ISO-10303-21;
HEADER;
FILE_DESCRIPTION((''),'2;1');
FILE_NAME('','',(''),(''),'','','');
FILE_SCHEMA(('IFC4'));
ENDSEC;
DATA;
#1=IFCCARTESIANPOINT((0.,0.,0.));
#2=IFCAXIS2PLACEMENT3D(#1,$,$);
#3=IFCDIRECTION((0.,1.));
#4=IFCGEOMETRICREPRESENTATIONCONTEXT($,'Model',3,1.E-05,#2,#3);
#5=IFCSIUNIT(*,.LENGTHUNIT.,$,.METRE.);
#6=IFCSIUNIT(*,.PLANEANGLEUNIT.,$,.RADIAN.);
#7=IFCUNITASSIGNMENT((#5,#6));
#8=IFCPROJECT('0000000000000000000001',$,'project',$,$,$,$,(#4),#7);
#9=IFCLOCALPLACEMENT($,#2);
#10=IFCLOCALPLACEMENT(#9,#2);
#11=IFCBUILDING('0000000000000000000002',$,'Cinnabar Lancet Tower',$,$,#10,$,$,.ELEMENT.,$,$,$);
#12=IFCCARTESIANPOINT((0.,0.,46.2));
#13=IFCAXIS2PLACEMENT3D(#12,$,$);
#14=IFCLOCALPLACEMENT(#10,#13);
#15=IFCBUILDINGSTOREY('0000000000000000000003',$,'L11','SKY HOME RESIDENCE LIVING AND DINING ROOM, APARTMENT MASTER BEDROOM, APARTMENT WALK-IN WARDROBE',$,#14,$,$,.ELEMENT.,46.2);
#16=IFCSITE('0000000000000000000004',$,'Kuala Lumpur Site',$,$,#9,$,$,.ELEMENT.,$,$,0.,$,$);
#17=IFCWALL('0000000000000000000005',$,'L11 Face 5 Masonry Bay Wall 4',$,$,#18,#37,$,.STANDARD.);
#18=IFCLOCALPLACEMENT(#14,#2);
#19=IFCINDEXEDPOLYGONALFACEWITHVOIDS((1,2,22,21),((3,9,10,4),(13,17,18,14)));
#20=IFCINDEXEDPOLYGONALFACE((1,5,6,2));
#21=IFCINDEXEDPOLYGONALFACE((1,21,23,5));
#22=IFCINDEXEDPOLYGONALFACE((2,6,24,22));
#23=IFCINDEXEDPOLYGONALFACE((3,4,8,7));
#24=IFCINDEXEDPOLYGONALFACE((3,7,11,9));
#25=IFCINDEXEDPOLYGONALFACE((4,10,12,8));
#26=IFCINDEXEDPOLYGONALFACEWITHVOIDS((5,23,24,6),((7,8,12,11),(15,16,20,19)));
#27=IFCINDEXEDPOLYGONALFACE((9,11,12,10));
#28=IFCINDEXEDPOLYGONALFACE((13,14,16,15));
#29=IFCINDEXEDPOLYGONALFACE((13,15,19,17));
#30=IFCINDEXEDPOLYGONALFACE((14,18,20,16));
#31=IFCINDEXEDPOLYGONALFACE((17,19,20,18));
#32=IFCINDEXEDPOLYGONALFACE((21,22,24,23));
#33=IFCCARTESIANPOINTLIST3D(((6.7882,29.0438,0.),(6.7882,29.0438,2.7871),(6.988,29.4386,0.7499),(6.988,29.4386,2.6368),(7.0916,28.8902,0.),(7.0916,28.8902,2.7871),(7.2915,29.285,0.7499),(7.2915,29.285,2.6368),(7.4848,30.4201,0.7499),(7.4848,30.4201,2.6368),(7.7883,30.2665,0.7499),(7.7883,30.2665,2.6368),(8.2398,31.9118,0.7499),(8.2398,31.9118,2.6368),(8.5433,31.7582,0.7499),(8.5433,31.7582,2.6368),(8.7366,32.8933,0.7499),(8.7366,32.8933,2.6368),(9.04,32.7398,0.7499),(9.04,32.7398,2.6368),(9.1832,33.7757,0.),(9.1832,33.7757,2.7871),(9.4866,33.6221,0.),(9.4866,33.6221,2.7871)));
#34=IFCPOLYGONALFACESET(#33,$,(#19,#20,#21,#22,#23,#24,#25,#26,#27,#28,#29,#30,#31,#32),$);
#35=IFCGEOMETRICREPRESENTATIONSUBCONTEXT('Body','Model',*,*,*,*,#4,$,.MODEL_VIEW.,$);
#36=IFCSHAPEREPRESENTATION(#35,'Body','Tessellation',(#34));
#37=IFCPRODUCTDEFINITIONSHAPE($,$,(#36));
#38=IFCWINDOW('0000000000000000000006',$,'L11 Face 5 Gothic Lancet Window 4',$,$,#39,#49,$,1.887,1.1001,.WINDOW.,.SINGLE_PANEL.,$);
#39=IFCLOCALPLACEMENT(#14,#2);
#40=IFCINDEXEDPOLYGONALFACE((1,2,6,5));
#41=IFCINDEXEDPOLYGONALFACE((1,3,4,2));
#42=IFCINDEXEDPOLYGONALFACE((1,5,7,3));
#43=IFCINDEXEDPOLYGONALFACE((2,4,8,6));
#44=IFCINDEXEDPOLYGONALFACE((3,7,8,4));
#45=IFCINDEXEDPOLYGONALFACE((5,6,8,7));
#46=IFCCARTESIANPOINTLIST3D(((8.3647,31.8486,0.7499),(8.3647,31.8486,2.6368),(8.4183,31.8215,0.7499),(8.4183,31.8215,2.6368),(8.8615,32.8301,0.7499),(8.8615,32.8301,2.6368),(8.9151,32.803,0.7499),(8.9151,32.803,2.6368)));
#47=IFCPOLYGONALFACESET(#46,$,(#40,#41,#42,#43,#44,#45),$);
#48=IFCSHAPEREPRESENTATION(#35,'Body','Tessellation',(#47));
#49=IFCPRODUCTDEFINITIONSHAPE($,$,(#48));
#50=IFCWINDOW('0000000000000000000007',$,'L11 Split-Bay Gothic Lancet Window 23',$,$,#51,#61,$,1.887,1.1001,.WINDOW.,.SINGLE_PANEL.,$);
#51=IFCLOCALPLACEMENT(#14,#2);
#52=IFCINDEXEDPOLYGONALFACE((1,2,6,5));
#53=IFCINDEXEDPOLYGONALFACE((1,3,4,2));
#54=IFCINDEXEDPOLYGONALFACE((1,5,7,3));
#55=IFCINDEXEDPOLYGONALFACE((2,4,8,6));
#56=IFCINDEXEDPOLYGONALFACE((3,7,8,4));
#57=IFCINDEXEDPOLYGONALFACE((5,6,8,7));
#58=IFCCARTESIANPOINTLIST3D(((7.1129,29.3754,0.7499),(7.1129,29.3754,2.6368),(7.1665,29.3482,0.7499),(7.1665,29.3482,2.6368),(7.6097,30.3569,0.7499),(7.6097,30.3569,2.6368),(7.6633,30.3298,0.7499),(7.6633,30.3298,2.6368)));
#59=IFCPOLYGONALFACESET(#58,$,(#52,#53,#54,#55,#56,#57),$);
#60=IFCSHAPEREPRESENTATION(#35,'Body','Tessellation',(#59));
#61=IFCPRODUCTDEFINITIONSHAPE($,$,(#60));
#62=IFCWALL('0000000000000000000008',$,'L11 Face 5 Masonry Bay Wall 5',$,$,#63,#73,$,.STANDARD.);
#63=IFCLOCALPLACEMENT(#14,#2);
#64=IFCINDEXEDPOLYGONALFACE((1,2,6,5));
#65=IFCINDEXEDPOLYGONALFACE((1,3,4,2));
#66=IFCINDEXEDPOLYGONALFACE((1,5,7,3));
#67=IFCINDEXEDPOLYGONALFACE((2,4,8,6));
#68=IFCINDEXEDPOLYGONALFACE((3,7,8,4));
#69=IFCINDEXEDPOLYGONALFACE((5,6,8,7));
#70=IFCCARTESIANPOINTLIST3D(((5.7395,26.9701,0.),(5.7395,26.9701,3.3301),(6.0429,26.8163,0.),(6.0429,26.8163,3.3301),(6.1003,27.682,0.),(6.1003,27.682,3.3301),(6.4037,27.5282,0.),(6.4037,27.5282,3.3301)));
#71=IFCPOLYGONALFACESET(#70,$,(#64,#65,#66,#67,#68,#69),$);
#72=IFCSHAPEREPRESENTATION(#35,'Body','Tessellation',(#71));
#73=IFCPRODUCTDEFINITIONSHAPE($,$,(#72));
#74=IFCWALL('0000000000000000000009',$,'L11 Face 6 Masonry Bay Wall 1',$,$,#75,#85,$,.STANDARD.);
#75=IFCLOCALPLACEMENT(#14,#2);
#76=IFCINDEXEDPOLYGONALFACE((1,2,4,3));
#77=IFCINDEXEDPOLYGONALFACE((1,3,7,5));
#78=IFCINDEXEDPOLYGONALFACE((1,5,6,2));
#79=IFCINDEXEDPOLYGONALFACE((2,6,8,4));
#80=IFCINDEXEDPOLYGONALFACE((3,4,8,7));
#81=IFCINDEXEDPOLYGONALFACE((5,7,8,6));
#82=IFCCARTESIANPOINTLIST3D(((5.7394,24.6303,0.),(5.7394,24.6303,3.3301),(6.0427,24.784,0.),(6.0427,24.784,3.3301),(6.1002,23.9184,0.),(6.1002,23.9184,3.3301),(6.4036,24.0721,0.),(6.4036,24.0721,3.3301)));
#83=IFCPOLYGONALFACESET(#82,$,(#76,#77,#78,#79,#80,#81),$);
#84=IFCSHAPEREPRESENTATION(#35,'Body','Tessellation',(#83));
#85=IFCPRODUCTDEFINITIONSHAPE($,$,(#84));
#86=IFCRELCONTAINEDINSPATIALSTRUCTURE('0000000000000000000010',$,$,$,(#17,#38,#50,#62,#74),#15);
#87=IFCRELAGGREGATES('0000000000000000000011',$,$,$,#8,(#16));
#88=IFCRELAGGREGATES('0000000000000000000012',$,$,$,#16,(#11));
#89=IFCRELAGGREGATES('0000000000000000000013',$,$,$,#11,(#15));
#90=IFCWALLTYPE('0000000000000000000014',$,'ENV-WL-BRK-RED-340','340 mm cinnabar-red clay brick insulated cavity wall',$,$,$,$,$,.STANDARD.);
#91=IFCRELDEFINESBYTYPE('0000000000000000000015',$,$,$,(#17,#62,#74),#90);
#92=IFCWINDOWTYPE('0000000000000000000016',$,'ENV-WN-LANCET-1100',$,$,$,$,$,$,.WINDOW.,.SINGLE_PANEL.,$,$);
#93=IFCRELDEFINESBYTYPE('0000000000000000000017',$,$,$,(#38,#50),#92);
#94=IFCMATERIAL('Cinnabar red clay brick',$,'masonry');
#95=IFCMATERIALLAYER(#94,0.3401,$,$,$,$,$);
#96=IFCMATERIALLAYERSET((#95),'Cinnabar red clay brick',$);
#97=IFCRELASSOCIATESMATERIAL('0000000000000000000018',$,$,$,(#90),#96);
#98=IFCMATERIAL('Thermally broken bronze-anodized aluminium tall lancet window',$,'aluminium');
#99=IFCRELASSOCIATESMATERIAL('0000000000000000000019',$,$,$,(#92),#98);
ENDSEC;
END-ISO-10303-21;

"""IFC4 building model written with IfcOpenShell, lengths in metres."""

from ifc_helpers import new_model, si_unit, direction, frame, frame_2d, origin, place, context, subcontext, project, spatial, rectangle, extrude, material, layer, layer_set, type_object, element, fill, save


model = new_model("IFC4")

# Units and contexts
model_context = context("Model", 3, precision=1e-05, world=origin(), true_north=direction((0.0, 1.0)))
body_context = subcontext(model_context, "Body", "Model", "MODEL_VIEW")
ifc_project = project(units=[si_unit("LENGTHUNIT", "METRE"), si_unit("PLANEANGLEUNIT", "RADIAN")], contexts=[model_context])

# Site, building, storey
site_placement = place(None, origin())
site = spatial("IfcSite", under=ifc_project, at=site_placement, Name="Kuala Lumpur Site", CompositionType="ELEMENT", RefElevation=0.0)
building_placement = place(site_placement, origin())
building = spatial("IfcBuilding", under=site, at=building_placement, Name="Cinnabar Lancet Tower", CompositionType="ELEMENT")
storey_placement = place(building_placement, frame((0.0, 0.0, 46.2)))
storey = spatial("IfcBuildingStorey", under=building, at=storey_placement, Name="L11", Description="SKY HOME RESIDENCE LIVING AND DINING ROOM, APARTMENT MASTER BEDROOM, APARTMENT WALK-IN WARDROBE", CompositionType="ELEMENT", Elevation=46.2)

# Shared definitions
ifc_material_1 = material(Name="Cinnabar red clay brick", Category="masonry")
ifc_layer_1 = layer(ifc_material_1, 0.3401)
ifc_layer_set_1 = layer_set([ifc_layer_1], Name="Cinnabar red clay brick")
wall_type_1 = type_object("IfcWallType", Name="ENV-WL-BRK-RED-340", Description="340 mm cinnabar-red clay brick insulated cavity wall", PredefinedType="STANDARD", material=ifc_layer_set_1)

# Wall, openings, windows
wall_1_placement = place(storey_placement, frame((9.335, 33.699, 0.0), z_axis=(0.0, 0.0, 1.0), x_axis=(-0.451591, -0.892225, 0.0)))
wall_1 = element("IfcWall", 1, at=wall_1_placement, inside=storey, type_object=wall_type_1, Name="L11 Face 5 Masonry Bay Wall 4", PredefinedType="STANDARD", context=body_context, shape_type="SweptSolid", body=[
    extrude(rectangle(XDim=5.3035, YDim=0.3401, at=frame_2d((2.6519, 0.0))), origin(), (0.0, 0.0, 1.0), 2.7871),
])
opening_1_placement = place(wall_1_placement, frame((0.989, 0.0, 0.75)))
opening_1 = element("IfcOpeningElement", 2, at=opening_1_placement, cuts=wall_1, PredefinedType="OPENING", context=body_context, shape_type="SweptSolid", body=[
    extrude(rectangle(XDim=1.1001, YDim=1.887, at=frame_2d((0.55, 0.9434))), frame((0.0, 0.1799, 0.0), z_axis=(0.0, -1.0, 0.0), x_axis=(1.0, 0.0, 0.0)), (0.0, 0.0, 1.0), 0.3601),
])
opening_2_placement = place(wall_1_placement, frame((3.761, 0.0, 0.75)))
opening_2 = element("IfcOpeningElement", 3, at=opening_2_placement, cuts=wall_1, PredefinedType="OPENING", context=body_context, shape_type="SweptSolid", body=[
    extrude(rectangle(XDim=1.1001, YDim=1.887, at=frame_2d((0.55, 0.9434))), frame((0.0, 0.1799, 0.0), z_axis=(0.0, -1.0, 0.0), x_axis=(1.0, 0.0, 0.0)), (0.0, 0.0, 1.0), 0.3601),
])
ifc_material_2 = material(Name="Thermally broken bronze-anodized aluminium tall lancet window", Category="aluminium")
window_type = type_object("IfcWindowType", Name="ENV-WN-LANCET-1100", PartitioningType="SINGLE_PANEL", PredefinedType="WINDOW", material=ifc_material_2)
window_1_placement = place(opening_1_placement, origin())
window_1 = element("IfcWindow", 4, at=window_1_placement, inside=storey, type_object=window_type, Name="L11 Face 5 Gothic Lancet Window 4", OverallHeight=1.887, OverallWidth=1.1001, PartitioningType="SINGLE_PANEL", PredefinedType="WINDOW", context=body_context, shape_type="SweptSolid", body=[
    extrude(rectangle(XDim=1.1001, YDim=1.887, at=frame_2d((0.55, 0.9434))), frame((0.0, 0.03, 0.0), z_axis=(0.0, -1.0, 0.0), x_axis=(1.0, 0.0, 0.0)), (0.0, 0.0, 1.0), 0.0601),
])
fill(opening_1, window_1)
window_2_placement = place(opening_2_placement, origin())
window_2 = element("IfcWindow", 5, at=window_2_placement, inside=storey, type_object=window_type, Name="L11 Split-Bay Gothic Lancet Window 23", OverallHeight=1.887, OverallWidth=1.1001, PartitioningType="SINGLE_PANEL", PredefinedType="WINDOW", context=body_context, shape_type="SweptSolid", body=[
    extrude(rectangle(XDim=1.1001, YDim=1.887, at=frame_2d((0.55, 0.9434))), frame((0.0, 0.03, 0.0), z_axis=(0.0, -1.0, 0.0), x_axis=(1.0, 0.0, 0.0)), (0.0, 0.0, 1.0), 0.0601),
])
fill(opening_2, window_2)

# Walls
for number, where, z_axis, x_axis, name in (
    (6, (6.252, 27.605, 0.0), (0.0, 0.0, 1.0), (-0.452101, -0.891967, 0.0), "L11 Face 5 Masonry Bay Wall 5"),
    (7, (5.8911, 24.707, 0.0), (0.0, 0.0, 1.0), (0.452101, -0.891967, 0.0), "L11 Face 6 Masonry Bay Wall 1"),
):
    element("IfcWall", number, at=place(storey_placement, frame(where, z_axis=z_axis, x_axis=x_axis)), inside=storey, type_object=wall_type_1, Name=name, PredefinedType="STANDARD", context=body_context, shape_type="SweptSolid", body=[
        extrude(rectangle(XDim=0.7981, YDim=0.3401, at=frame_2d((0.3989, 0.0))), origin(), (0.0, 0.0, 1.0), 3.3301),
    ])

save(model, "model.ifc")
